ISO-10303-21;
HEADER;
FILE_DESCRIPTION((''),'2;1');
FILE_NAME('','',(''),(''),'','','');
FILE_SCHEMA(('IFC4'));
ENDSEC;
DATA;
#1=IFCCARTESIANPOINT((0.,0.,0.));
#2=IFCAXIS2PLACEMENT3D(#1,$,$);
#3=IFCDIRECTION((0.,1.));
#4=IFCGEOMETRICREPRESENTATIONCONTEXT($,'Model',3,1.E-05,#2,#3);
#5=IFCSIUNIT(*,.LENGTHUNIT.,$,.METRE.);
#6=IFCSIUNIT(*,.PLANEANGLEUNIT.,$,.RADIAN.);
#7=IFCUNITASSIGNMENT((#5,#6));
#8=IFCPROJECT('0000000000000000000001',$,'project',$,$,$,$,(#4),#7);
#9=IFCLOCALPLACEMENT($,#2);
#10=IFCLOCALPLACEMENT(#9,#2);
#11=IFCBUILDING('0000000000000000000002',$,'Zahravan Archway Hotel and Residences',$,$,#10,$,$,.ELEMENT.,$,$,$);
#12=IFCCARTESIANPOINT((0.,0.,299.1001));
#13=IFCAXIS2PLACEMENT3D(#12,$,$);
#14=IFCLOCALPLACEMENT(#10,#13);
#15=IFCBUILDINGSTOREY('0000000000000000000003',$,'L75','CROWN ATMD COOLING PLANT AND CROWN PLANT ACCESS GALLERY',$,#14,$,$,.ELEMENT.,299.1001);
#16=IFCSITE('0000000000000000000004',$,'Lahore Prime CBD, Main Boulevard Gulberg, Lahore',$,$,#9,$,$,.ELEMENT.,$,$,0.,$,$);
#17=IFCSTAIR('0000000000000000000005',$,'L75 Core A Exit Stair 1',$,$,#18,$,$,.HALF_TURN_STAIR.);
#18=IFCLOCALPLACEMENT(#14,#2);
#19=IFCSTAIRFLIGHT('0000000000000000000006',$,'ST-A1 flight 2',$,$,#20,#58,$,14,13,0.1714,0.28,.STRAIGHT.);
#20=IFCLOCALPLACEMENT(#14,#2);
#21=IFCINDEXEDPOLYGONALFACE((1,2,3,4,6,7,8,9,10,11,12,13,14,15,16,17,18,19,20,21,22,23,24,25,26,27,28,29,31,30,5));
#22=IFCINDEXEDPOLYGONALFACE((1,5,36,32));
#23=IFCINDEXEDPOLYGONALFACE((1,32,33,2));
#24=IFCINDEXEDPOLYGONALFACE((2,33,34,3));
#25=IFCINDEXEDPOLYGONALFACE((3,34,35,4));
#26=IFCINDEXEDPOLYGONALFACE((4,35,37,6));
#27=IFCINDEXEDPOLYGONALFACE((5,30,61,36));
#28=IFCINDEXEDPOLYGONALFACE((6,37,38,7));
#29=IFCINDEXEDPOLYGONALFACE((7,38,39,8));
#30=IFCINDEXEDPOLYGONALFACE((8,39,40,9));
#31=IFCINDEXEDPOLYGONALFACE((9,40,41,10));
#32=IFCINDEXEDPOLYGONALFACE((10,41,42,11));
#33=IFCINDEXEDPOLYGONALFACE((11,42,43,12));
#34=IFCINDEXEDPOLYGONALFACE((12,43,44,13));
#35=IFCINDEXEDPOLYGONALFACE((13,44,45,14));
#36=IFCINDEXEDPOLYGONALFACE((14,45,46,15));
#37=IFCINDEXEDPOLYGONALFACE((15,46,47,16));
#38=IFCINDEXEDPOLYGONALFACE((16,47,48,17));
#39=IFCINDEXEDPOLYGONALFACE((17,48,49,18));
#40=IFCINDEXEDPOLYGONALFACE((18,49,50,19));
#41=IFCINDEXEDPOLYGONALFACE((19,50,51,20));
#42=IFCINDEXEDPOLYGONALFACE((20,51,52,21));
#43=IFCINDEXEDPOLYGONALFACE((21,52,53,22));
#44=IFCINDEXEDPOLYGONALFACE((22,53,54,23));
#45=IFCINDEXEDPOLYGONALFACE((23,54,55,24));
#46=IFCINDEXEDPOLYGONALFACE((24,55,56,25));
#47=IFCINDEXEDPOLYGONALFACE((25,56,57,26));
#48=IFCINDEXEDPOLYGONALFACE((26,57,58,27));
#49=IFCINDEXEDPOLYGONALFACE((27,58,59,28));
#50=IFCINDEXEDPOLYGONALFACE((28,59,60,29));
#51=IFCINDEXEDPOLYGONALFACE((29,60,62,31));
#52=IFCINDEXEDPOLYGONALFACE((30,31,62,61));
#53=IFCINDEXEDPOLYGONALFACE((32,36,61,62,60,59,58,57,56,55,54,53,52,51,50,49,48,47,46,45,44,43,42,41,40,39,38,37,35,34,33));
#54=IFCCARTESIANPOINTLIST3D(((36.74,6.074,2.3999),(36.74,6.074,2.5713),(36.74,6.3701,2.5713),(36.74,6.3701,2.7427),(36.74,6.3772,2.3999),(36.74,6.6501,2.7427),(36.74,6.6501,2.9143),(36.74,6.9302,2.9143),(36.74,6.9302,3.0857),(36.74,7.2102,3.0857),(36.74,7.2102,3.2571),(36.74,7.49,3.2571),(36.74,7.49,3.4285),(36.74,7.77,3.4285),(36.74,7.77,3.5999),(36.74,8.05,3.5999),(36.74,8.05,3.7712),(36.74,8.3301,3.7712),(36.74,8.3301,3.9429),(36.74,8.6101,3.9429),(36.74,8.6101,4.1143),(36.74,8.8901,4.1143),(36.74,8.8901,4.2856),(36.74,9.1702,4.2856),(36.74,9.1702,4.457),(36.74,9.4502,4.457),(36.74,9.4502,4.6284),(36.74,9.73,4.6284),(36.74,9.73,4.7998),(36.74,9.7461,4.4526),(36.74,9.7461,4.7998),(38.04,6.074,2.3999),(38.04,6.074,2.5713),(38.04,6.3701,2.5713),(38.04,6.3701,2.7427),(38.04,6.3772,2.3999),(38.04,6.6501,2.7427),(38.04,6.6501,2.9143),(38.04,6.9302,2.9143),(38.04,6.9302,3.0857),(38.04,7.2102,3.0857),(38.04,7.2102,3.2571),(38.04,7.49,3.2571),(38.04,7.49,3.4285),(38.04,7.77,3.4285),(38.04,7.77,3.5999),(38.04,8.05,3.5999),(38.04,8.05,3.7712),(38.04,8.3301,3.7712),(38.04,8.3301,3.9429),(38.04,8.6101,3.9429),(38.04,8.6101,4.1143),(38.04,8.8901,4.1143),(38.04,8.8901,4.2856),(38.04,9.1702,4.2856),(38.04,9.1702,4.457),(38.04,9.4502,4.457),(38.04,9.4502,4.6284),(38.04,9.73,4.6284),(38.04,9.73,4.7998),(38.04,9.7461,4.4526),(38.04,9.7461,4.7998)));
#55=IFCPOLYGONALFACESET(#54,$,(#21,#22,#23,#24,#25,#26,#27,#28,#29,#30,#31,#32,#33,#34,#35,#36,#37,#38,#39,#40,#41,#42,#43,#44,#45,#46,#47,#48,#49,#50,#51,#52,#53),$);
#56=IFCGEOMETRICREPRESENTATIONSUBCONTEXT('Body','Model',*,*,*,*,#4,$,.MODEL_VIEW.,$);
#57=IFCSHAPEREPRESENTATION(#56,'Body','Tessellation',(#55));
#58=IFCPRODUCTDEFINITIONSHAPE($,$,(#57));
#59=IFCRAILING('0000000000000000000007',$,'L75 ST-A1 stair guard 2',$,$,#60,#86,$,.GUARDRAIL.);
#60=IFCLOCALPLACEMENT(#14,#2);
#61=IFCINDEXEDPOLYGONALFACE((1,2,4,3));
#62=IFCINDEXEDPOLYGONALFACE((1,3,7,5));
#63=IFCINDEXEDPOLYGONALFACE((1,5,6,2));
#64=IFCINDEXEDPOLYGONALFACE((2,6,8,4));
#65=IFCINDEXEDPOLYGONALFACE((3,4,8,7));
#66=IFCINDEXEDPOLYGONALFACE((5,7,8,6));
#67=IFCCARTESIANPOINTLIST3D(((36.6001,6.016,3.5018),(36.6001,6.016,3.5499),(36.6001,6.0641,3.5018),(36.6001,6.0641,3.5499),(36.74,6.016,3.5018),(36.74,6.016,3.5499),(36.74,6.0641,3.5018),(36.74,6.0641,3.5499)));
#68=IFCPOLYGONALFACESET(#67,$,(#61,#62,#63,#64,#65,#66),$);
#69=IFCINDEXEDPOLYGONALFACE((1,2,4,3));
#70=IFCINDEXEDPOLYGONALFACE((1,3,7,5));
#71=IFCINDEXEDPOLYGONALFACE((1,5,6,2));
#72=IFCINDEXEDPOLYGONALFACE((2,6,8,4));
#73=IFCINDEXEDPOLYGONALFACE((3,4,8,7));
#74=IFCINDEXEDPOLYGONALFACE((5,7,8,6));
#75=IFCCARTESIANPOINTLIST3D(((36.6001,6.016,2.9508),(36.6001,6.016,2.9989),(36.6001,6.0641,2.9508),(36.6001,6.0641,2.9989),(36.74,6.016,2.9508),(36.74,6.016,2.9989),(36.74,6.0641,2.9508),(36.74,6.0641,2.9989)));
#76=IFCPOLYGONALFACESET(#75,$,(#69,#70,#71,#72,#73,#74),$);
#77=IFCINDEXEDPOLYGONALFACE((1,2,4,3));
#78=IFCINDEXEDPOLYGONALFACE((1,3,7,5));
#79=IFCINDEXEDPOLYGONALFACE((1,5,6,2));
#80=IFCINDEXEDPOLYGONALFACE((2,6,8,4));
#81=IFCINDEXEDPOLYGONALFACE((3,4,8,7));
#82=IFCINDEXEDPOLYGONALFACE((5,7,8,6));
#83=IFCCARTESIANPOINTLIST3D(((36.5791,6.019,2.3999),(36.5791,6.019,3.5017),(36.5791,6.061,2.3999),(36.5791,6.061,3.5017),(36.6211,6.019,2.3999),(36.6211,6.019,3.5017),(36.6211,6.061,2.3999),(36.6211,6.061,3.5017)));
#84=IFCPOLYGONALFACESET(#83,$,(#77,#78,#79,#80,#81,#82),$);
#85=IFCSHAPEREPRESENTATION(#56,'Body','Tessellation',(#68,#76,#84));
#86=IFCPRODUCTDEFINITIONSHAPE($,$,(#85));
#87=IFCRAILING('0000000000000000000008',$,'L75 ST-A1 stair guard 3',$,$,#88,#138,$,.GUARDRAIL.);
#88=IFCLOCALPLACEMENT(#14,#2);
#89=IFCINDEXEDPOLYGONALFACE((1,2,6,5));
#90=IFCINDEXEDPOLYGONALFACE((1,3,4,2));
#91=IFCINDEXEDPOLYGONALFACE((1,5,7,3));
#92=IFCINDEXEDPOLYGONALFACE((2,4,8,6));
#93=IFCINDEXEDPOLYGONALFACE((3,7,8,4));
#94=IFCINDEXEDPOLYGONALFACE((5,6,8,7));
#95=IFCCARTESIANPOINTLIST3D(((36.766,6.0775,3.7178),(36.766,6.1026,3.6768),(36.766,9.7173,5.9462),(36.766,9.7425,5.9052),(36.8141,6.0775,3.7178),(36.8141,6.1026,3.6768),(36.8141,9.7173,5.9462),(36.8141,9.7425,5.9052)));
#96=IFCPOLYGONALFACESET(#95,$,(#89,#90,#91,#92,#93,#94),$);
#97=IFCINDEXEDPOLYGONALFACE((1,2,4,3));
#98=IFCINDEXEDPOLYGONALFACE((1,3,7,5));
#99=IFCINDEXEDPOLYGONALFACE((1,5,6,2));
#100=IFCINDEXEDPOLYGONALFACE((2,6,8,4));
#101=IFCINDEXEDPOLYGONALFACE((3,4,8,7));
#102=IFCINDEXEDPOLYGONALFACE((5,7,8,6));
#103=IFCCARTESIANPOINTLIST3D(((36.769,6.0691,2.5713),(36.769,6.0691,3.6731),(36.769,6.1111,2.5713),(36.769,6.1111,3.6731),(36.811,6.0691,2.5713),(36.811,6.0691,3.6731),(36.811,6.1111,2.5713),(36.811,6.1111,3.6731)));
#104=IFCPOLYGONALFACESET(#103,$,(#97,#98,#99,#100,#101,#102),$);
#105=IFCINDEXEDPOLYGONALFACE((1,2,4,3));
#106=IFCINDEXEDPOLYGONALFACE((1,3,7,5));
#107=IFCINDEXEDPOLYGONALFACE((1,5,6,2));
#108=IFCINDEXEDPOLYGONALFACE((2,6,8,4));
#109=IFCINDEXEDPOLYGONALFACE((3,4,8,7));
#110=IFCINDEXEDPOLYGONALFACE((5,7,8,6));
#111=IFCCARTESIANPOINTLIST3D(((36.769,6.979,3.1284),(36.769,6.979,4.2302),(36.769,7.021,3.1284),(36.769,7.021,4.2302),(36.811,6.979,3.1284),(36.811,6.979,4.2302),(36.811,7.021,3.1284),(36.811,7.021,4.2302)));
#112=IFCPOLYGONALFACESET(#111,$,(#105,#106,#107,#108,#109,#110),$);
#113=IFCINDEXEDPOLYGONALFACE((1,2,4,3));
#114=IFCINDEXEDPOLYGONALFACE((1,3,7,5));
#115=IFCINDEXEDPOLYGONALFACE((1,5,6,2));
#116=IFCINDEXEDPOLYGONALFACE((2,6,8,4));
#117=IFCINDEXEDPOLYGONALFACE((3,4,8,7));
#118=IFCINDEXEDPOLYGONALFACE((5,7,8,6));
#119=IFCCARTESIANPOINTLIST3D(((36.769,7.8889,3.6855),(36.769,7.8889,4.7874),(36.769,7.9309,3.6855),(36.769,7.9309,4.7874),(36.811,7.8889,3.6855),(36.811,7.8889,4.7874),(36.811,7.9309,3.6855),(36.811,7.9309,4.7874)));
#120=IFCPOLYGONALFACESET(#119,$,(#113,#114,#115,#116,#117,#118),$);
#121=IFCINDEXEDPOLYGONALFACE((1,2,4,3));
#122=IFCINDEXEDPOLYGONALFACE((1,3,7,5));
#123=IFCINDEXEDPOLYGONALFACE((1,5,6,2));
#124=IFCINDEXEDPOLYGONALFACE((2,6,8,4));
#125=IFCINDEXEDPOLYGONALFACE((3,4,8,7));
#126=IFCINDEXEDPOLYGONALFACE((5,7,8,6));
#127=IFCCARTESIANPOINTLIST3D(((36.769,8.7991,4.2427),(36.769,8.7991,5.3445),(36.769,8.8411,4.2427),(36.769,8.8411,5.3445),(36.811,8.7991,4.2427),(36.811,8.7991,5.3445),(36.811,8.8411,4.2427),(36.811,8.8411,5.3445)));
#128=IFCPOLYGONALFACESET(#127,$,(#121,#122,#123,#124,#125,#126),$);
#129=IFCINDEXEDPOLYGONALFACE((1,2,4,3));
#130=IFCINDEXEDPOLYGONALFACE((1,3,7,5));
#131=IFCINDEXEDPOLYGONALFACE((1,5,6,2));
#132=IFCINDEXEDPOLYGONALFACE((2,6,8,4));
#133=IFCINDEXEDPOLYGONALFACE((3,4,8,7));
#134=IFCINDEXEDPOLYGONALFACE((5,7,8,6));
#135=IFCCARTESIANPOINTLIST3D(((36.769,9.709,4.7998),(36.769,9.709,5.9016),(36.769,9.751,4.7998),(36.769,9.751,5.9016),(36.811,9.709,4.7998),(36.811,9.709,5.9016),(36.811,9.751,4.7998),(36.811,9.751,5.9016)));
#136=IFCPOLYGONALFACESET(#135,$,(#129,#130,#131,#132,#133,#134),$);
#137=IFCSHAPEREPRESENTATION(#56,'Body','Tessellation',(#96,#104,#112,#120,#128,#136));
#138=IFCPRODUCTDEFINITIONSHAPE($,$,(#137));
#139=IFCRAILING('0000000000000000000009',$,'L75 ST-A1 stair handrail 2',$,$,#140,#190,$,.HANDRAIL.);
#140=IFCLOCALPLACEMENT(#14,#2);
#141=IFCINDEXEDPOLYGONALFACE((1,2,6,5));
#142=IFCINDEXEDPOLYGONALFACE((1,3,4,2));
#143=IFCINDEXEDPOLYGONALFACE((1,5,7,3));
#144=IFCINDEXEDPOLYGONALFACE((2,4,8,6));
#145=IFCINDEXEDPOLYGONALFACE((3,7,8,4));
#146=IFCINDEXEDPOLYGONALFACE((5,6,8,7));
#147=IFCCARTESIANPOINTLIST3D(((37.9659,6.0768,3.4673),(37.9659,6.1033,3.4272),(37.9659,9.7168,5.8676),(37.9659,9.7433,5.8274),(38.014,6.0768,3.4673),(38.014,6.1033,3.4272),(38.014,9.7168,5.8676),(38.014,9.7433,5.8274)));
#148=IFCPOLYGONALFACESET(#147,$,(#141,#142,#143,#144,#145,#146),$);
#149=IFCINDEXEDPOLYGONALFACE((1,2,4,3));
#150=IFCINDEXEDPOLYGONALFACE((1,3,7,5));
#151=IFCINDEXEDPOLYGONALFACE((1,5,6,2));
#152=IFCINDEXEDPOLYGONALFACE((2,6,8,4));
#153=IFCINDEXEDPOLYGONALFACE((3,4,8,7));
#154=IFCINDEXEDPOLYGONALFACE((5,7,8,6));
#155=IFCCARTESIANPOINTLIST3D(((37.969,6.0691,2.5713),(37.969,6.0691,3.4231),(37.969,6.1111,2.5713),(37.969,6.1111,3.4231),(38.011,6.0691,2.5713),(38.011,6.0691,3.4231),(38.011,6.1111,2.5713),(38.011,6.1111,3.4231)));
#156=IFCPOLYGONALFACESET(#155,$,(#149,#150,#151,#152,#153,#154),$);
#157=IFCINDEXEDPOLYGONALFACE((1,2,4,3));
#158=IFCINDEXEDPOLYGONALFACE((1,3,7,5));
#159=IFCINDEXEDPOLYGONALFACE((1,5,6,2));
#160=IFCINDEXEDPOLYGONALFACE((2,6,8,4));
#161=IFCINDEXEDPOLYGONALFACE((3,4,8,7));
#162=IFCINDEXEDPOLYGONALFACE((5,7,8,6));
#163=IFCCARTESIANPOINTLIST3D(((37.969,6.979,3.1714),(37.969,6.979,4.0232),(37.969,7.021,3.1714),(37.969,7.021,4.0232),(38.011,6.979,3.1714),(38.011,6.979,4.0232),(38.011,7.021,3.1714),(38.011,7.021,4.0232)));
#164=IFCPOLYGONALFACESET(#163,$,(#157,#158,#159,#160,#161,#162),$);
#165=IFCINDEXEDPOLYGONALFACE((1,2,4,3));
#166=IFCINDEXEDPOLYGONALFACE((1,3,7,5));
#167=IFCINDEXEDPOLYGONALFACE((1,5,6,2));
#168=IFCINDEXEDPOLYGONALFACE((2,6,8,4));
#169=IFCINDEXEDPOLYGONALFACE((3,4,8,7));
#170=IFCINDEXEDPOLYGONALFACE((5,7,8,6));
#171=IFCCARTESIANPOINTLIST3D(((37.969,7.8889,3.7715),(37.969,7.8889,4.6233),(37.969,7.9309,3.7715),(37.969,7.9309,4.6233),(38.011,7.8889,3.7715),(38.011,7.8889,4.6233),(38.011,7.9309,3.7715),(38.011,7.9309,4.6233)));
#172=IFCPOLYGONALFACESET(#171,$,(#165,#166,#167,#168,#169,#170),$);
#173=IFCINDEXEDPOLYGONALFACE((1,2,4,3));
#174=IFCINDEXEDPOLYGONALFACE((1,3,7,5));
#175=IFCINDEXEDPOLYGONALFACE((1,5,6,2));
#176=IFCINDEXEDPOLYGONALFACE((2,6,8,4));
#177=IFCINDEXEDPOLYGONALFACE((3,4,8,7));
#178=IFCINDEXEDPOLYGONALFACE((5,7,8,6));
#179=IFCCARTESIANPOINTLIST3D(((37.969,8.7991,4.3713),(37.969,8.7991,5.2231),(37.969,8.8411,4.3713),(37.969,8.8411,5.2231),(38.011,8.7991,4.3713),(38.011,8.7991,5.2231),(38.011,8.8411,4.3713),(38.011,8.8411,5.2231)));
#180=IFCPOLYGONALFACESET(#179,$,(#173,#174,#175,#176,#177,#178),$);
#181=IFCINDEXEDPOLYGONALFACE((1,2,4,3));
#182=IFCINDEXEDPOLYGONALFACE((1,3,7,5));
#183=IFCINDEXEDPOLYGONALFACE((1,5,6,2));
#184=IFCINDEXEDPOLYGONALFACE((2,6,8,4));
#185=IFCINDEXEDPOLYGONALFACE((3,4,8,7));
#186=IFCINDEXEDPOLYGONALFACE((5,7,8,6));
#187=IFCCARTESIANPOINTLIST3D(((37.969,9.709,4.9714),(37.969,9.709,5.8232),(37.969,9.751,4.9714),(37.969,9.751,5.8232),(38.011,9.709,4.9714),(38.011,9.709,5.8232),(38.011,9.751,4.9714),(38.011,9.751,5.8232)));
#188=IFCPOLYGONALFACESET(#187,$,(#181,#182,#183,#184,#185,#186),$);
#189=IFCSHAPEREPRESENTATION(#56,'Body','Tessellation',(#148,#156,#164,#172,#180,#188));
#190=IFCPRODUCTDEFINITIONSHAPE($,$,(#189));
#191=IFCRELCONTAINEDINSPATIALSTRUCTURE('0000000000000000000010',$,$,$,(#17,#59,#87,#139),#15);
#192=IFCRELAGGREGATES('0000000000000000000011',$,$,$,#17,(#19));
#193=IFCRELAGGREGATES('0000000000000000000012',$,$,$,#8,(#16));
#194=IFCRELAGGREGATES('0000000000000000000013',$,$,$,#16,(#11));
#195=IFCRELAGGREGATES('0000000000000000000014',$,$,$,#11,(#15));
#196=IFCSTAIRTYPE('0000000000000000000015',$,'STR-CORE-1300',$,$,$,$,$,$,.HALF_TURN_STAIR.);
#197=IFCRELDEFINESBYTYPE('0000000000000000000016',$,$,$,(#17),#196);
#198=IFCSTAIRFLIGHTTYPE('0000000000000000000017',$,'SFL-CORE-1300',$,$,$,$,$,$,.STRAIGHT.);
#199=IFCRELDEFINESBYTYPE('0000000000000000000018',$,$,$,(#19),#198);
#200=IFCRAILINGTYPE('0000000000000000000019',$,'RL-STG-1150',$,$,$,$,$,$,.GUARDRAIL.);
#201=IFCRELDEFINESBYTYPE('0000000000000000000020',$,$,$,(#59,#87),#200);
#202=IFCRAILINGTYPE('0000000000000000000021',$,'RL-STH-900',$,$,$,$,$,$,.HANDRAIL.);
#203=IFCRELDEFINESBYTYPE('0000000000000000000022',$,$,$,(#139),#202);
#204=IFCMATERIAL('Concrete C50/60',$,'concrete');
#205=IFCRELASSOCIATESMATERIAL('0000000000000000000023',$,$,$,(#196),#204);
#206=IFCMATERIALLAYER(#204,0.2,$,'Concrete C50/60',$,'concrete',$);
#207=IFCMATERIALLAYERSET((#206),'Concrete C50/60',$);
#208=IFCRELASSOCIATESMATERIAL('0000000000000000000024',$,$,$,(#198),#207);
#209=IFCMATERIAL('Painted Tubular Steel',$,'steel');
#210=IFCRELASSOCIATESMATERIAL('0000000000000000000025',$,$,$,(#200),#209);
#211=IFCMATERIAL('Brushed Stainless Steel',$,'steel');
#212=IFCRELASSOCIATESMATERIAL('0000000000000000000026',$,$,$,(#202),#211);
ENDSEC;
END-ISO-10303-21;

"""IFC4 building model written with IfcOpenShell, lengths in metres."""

from ifc_helpers import new_model, si_unit, direction, frame, origin, origin_2d, place, context, subcontext, project, spatial, polyline, rectangle, outline, extrude, source, transform, mapped, material, layer, layer_set, type_object, element, aggregate, save


model = new_model("IFC4")

# Units and contexts
model_context = context("Model", 3, precision=1e-05, world=origin(), true_north=direction((0.0, 1.0)))
body_context = subcontext(model_context, "Body", "Model", "MODEL_VIEW")
ifc_project = project(units=[si_unit("LENGTHUNIT", "METRE"), si_unit("PLANEANGLEUNIT", "RADIAN")], contexts=[model_context])

# Site, building, storey
site_placement = place(None, origin())
site = spatial("IfcSite", under=ifc_project, at=site_placement, Name="Lahore Prime CBD, Main Boulevard Gulberg, Lahore", CompositionType="ELEMENT", RefElevation=0.0)
building_placement = place(site_placement, origin())
building = spatial("IfcBuilding", under=site, at=building_placement, Name="Zahravan Archway Hotel and Residences", CompositionType="ELEMENT")
storey_placement = place(building_placement, frame((0.0, 0.0, 299.1001)))
storey = spatial("IfcBuildingStorey", under=building, at=storey_placement, Name="L75", Description="CROWN ATMD COOLING PLANT AND CROWN PLANT ACCESS GALLERY", CompositionType="ELEMENT", Elevation=299.1001)

# Shared definitions
ifc_material_1 = material(Name="Concrete C50/60", Category="concrete")

# Stair, stair flight
stair_type = type_object("IfcStairType", Name="STR-CORE-1300", PredefinedType="HALF_TURN_STAIR", material=ifc_material_1)
stair_placement = place(storey_placement, origin())
stair = element("IfcStair", 1, at=stair_placement, inside=storey, type_object=stair_type, Name="L75 Core A Exit Stair 1", PredefinedType="HALF_TURN_STAIR")
ifc_layer_1 = layer(ifc_material_1, 0.2, Name="Concrete C50/60", Category="concrete")
ifc_layer_set_1 = layer_set([ifc_layer_1], Name="Concrete C50/60")
stair_flight_type = type_object("IfcStairFlightType", Name="SFL-CORE-1300", PredefinedType="STRAIGHT", material=ifc_layer_set_1)
shared_shape_1 = source(origin(), body_context, "Body", "SweptSolid", [
    extrude(outline(polyline([(-0.0161, 0.0), (-0.0161, 0.1714), (0.28, 0.1714), (0.28, 0.3428), (0.5601, 0.3428), (0.5601, 0.5144), (0.8401, 0.5144), (0.8401, 0.6858), (1.1201, 0.6858), (1.1201, 0.8572), (1.3999, 0.8572), (1.3999, 1.0286), (1.6799, 1.0286), (1.6799, 1.2), (1.96, 1.2), (1.96, 1.3713), (2.24, 1.3713), (2.24, 1.543), (2.52, 1.543), (2.52, 1.7144), (2.8, 1.7144), (2.8, 1.8857), (3.0801, 1.8857), (3.0801, 2.0571), (3.3601, 2.0571), (3.3601, 2.2285), (3.6399, 2.2285), (3.6399, 2.3999), (3.656, 2.3999), (3.656, 2.0527), (0.2871, 0.0), (-0.0161, 0.0)])), frame((0.0, 0.6499, 0.0), z_axis=(0.0, -1.0, 0.0), x_axis=(1.0, 0.0, 0.0)), (0.0, 0.0, 1.0), 1.3),
])
stair_flight_placement = place(storey_placement, frame((37.3899, 6.0901, 2.3999), z_axis=(0.0, 0.0, 1.0), x_axis=(0.0, 1.0, 0.0)))
stair_flight = element("IfcStairFlight", 2, at=stair_flight_placement, type_object=stair_flight_type, Name="ST-A1 flight 2", NumberOfRisers=14, NumberOfTreads=13, PredefinedType="STRAIGHT", RiserHeight=0.1714, TreadLength=0.28, context=body_context, shape_type="MappedRepresentation", body=[
    mapped(shared_shape_1, transform((0.0, 0.0, 0.0), scale=1.0)),
])
aggregate(stair, [stair_flight])

# Railings
ifc_material_2 = material(Name="Painted Tubular Steel", Category="steel")
railing_type_1 = type_object("IfcRailingType", Name="RL-STG-1150", PredefinedType="GUARDRAIL", material=ifc_material_2)
railing_1_placement = place(storey_placement, frame((36.6001, 6.04, 2.3999)))
element("IfcRailing", 3, at=railing_1_placement, inside=storey, type_object=railing_type_1, Name="L75 ST-A1 stair guard 2", PredefinedType="GUARDRAIL", context=body_context, shape_type="SweptSolid", body=[
    extrude(rectangle(XDim=0.0481, YDim=0.0481, at=origin_2d()), frame((0.0, 0.0, 1.126), z_axis=(1.0, 0.0, 0.0), x_axis=(0.0, 1.0, 0.0)), (0.0, 0.0, 1.0), 0.1399),
    extrude(rectangle(XDim=0.0481, YDim=0.0481, at=origin_2d()), frame((0.0, 0.0, 0.575), z_axis=(1.0, 0.0, 0.0), x_axis=(0.0, 1.0, 0.0)), (0.0, 0.0, 1.0), 0.1399),
    extrude(rectangle(XDim=0.042, YDim=0.042, at=origin_2d()), origin(), (0.0, 0.0, 1.0), 1.1018),
])
railing_2_placement = place(storey_placement, frame((36.79, 6.0901, 2.5713)))
element("IfcRailing", 4, at=railing_2_placement, inside=storey, type_object=railing_type_1, Name="L75 ST-A1 stair guard 3", PredefinedType="GUARDRAIL", context=body_context, shape_type="SweptSolid", body=[
    extrude(rectangle(XDim=0.0481, YDim=0.0481, at=origin_2d()), frame((0.0, 0.0, 1.126), z_axis=(0.0, 0.85285, 0.522156), x_axis=(-1.0, 0.0, 0.0)), (0.0, 0.0, 1.0), 4.2678),
    extrude(rectangle(XDim=0.042, YDim=0.042, at=origin_2d()), origin(), (0.0, 0.0, 1.0), 1.1018),
    extrude(rectangle(XDim=0.042, YDim=0.042, at=origin_2d()), frame((0.0, 0.9099, 0.5571)), (0.0, 0.0, 1.0), 1.1018),
    extrude(rectangle(XDim=0.042, YDim=0.042, at=origin_2d()), frame((0.0, 1.8198, 1.1143)), (0.0, 0.0, 1.0), 1.1018),
    extrude(rectangle(XDim=0.042, YDim=0.042, at=origin_2d()), frame((0.0, 2.73, 1.6714)), (0.0, 0.0, 1.0), 1.1018),
    extrude(rectangle(XDim=0.042, YDim=0.042, at=origin_2d()), frame((0.0, 3.6399, 2.2285)), (0.0, 0.0, 1.0), 1.1018),
])
ifc_material_3 = material(Name="Brushed Stainless Steel", Category="steel")
railing_type_2 = type_object("IfcRailingType", Name="RL-STH-900", PredefinedType="HANDRAIL", material=ifc_material_3)
railing_3_placement = place(storey_placement, frame((37.99, 6.0901, 2.5713)))
element("IfcRailing", 5, at=railing_3_placement, inside=storey, type_object=railing_type_2, Name="L75 ST-A1 stair handrail 2", PredefinedType="HANDRAIL", context=body_context, shape_type="SweptSolid", body=[
    extrude(rectangle(XDim=0.0481, YDim=0.0481, at=origin_2d()), frame((0.0, 0.0, 0.876), z_axis=(0.0, 0.834839, 0.550493), x_axis=(-1.0, 0.0, 0.0)), (0.0, 0.0, 1.0), 4.3601),
    extrude(rectangle(XDim=0.042, YDim=0.042, at=origin_2d()), origin(), (0.0, 0.0, 1.0), 0.8518),
    extrude(rectangle(XDim=0.042, YDim=0.042, at=origin_2d()), frame((0.0, 0.9099, 0.6001)), (0.0, 0.0, 1.0), 0.8518),
    extrude(rectangle(XDim=0.042, YDim=0.042, at=origin_2d()), frame((0.0, 1.8198, 1.2002)), (0.0, 0.0, 1.0), 0.8518),
    extrude(rectangle(XDim=0.042, YDim=0.042, at=origin_2d()), frame((0.0, 2.73, 1.8)), (0.0, 0.0, 1.0), 0.8518),
    extrude(rectangle(XDim=0.042, YDim=0.042, at=origin_2d()), frame((0.0, 3.6399, 2.4001)), (0.0, 0.0, 1.0), 0.8518),
])

save(model, "model.ifc")
